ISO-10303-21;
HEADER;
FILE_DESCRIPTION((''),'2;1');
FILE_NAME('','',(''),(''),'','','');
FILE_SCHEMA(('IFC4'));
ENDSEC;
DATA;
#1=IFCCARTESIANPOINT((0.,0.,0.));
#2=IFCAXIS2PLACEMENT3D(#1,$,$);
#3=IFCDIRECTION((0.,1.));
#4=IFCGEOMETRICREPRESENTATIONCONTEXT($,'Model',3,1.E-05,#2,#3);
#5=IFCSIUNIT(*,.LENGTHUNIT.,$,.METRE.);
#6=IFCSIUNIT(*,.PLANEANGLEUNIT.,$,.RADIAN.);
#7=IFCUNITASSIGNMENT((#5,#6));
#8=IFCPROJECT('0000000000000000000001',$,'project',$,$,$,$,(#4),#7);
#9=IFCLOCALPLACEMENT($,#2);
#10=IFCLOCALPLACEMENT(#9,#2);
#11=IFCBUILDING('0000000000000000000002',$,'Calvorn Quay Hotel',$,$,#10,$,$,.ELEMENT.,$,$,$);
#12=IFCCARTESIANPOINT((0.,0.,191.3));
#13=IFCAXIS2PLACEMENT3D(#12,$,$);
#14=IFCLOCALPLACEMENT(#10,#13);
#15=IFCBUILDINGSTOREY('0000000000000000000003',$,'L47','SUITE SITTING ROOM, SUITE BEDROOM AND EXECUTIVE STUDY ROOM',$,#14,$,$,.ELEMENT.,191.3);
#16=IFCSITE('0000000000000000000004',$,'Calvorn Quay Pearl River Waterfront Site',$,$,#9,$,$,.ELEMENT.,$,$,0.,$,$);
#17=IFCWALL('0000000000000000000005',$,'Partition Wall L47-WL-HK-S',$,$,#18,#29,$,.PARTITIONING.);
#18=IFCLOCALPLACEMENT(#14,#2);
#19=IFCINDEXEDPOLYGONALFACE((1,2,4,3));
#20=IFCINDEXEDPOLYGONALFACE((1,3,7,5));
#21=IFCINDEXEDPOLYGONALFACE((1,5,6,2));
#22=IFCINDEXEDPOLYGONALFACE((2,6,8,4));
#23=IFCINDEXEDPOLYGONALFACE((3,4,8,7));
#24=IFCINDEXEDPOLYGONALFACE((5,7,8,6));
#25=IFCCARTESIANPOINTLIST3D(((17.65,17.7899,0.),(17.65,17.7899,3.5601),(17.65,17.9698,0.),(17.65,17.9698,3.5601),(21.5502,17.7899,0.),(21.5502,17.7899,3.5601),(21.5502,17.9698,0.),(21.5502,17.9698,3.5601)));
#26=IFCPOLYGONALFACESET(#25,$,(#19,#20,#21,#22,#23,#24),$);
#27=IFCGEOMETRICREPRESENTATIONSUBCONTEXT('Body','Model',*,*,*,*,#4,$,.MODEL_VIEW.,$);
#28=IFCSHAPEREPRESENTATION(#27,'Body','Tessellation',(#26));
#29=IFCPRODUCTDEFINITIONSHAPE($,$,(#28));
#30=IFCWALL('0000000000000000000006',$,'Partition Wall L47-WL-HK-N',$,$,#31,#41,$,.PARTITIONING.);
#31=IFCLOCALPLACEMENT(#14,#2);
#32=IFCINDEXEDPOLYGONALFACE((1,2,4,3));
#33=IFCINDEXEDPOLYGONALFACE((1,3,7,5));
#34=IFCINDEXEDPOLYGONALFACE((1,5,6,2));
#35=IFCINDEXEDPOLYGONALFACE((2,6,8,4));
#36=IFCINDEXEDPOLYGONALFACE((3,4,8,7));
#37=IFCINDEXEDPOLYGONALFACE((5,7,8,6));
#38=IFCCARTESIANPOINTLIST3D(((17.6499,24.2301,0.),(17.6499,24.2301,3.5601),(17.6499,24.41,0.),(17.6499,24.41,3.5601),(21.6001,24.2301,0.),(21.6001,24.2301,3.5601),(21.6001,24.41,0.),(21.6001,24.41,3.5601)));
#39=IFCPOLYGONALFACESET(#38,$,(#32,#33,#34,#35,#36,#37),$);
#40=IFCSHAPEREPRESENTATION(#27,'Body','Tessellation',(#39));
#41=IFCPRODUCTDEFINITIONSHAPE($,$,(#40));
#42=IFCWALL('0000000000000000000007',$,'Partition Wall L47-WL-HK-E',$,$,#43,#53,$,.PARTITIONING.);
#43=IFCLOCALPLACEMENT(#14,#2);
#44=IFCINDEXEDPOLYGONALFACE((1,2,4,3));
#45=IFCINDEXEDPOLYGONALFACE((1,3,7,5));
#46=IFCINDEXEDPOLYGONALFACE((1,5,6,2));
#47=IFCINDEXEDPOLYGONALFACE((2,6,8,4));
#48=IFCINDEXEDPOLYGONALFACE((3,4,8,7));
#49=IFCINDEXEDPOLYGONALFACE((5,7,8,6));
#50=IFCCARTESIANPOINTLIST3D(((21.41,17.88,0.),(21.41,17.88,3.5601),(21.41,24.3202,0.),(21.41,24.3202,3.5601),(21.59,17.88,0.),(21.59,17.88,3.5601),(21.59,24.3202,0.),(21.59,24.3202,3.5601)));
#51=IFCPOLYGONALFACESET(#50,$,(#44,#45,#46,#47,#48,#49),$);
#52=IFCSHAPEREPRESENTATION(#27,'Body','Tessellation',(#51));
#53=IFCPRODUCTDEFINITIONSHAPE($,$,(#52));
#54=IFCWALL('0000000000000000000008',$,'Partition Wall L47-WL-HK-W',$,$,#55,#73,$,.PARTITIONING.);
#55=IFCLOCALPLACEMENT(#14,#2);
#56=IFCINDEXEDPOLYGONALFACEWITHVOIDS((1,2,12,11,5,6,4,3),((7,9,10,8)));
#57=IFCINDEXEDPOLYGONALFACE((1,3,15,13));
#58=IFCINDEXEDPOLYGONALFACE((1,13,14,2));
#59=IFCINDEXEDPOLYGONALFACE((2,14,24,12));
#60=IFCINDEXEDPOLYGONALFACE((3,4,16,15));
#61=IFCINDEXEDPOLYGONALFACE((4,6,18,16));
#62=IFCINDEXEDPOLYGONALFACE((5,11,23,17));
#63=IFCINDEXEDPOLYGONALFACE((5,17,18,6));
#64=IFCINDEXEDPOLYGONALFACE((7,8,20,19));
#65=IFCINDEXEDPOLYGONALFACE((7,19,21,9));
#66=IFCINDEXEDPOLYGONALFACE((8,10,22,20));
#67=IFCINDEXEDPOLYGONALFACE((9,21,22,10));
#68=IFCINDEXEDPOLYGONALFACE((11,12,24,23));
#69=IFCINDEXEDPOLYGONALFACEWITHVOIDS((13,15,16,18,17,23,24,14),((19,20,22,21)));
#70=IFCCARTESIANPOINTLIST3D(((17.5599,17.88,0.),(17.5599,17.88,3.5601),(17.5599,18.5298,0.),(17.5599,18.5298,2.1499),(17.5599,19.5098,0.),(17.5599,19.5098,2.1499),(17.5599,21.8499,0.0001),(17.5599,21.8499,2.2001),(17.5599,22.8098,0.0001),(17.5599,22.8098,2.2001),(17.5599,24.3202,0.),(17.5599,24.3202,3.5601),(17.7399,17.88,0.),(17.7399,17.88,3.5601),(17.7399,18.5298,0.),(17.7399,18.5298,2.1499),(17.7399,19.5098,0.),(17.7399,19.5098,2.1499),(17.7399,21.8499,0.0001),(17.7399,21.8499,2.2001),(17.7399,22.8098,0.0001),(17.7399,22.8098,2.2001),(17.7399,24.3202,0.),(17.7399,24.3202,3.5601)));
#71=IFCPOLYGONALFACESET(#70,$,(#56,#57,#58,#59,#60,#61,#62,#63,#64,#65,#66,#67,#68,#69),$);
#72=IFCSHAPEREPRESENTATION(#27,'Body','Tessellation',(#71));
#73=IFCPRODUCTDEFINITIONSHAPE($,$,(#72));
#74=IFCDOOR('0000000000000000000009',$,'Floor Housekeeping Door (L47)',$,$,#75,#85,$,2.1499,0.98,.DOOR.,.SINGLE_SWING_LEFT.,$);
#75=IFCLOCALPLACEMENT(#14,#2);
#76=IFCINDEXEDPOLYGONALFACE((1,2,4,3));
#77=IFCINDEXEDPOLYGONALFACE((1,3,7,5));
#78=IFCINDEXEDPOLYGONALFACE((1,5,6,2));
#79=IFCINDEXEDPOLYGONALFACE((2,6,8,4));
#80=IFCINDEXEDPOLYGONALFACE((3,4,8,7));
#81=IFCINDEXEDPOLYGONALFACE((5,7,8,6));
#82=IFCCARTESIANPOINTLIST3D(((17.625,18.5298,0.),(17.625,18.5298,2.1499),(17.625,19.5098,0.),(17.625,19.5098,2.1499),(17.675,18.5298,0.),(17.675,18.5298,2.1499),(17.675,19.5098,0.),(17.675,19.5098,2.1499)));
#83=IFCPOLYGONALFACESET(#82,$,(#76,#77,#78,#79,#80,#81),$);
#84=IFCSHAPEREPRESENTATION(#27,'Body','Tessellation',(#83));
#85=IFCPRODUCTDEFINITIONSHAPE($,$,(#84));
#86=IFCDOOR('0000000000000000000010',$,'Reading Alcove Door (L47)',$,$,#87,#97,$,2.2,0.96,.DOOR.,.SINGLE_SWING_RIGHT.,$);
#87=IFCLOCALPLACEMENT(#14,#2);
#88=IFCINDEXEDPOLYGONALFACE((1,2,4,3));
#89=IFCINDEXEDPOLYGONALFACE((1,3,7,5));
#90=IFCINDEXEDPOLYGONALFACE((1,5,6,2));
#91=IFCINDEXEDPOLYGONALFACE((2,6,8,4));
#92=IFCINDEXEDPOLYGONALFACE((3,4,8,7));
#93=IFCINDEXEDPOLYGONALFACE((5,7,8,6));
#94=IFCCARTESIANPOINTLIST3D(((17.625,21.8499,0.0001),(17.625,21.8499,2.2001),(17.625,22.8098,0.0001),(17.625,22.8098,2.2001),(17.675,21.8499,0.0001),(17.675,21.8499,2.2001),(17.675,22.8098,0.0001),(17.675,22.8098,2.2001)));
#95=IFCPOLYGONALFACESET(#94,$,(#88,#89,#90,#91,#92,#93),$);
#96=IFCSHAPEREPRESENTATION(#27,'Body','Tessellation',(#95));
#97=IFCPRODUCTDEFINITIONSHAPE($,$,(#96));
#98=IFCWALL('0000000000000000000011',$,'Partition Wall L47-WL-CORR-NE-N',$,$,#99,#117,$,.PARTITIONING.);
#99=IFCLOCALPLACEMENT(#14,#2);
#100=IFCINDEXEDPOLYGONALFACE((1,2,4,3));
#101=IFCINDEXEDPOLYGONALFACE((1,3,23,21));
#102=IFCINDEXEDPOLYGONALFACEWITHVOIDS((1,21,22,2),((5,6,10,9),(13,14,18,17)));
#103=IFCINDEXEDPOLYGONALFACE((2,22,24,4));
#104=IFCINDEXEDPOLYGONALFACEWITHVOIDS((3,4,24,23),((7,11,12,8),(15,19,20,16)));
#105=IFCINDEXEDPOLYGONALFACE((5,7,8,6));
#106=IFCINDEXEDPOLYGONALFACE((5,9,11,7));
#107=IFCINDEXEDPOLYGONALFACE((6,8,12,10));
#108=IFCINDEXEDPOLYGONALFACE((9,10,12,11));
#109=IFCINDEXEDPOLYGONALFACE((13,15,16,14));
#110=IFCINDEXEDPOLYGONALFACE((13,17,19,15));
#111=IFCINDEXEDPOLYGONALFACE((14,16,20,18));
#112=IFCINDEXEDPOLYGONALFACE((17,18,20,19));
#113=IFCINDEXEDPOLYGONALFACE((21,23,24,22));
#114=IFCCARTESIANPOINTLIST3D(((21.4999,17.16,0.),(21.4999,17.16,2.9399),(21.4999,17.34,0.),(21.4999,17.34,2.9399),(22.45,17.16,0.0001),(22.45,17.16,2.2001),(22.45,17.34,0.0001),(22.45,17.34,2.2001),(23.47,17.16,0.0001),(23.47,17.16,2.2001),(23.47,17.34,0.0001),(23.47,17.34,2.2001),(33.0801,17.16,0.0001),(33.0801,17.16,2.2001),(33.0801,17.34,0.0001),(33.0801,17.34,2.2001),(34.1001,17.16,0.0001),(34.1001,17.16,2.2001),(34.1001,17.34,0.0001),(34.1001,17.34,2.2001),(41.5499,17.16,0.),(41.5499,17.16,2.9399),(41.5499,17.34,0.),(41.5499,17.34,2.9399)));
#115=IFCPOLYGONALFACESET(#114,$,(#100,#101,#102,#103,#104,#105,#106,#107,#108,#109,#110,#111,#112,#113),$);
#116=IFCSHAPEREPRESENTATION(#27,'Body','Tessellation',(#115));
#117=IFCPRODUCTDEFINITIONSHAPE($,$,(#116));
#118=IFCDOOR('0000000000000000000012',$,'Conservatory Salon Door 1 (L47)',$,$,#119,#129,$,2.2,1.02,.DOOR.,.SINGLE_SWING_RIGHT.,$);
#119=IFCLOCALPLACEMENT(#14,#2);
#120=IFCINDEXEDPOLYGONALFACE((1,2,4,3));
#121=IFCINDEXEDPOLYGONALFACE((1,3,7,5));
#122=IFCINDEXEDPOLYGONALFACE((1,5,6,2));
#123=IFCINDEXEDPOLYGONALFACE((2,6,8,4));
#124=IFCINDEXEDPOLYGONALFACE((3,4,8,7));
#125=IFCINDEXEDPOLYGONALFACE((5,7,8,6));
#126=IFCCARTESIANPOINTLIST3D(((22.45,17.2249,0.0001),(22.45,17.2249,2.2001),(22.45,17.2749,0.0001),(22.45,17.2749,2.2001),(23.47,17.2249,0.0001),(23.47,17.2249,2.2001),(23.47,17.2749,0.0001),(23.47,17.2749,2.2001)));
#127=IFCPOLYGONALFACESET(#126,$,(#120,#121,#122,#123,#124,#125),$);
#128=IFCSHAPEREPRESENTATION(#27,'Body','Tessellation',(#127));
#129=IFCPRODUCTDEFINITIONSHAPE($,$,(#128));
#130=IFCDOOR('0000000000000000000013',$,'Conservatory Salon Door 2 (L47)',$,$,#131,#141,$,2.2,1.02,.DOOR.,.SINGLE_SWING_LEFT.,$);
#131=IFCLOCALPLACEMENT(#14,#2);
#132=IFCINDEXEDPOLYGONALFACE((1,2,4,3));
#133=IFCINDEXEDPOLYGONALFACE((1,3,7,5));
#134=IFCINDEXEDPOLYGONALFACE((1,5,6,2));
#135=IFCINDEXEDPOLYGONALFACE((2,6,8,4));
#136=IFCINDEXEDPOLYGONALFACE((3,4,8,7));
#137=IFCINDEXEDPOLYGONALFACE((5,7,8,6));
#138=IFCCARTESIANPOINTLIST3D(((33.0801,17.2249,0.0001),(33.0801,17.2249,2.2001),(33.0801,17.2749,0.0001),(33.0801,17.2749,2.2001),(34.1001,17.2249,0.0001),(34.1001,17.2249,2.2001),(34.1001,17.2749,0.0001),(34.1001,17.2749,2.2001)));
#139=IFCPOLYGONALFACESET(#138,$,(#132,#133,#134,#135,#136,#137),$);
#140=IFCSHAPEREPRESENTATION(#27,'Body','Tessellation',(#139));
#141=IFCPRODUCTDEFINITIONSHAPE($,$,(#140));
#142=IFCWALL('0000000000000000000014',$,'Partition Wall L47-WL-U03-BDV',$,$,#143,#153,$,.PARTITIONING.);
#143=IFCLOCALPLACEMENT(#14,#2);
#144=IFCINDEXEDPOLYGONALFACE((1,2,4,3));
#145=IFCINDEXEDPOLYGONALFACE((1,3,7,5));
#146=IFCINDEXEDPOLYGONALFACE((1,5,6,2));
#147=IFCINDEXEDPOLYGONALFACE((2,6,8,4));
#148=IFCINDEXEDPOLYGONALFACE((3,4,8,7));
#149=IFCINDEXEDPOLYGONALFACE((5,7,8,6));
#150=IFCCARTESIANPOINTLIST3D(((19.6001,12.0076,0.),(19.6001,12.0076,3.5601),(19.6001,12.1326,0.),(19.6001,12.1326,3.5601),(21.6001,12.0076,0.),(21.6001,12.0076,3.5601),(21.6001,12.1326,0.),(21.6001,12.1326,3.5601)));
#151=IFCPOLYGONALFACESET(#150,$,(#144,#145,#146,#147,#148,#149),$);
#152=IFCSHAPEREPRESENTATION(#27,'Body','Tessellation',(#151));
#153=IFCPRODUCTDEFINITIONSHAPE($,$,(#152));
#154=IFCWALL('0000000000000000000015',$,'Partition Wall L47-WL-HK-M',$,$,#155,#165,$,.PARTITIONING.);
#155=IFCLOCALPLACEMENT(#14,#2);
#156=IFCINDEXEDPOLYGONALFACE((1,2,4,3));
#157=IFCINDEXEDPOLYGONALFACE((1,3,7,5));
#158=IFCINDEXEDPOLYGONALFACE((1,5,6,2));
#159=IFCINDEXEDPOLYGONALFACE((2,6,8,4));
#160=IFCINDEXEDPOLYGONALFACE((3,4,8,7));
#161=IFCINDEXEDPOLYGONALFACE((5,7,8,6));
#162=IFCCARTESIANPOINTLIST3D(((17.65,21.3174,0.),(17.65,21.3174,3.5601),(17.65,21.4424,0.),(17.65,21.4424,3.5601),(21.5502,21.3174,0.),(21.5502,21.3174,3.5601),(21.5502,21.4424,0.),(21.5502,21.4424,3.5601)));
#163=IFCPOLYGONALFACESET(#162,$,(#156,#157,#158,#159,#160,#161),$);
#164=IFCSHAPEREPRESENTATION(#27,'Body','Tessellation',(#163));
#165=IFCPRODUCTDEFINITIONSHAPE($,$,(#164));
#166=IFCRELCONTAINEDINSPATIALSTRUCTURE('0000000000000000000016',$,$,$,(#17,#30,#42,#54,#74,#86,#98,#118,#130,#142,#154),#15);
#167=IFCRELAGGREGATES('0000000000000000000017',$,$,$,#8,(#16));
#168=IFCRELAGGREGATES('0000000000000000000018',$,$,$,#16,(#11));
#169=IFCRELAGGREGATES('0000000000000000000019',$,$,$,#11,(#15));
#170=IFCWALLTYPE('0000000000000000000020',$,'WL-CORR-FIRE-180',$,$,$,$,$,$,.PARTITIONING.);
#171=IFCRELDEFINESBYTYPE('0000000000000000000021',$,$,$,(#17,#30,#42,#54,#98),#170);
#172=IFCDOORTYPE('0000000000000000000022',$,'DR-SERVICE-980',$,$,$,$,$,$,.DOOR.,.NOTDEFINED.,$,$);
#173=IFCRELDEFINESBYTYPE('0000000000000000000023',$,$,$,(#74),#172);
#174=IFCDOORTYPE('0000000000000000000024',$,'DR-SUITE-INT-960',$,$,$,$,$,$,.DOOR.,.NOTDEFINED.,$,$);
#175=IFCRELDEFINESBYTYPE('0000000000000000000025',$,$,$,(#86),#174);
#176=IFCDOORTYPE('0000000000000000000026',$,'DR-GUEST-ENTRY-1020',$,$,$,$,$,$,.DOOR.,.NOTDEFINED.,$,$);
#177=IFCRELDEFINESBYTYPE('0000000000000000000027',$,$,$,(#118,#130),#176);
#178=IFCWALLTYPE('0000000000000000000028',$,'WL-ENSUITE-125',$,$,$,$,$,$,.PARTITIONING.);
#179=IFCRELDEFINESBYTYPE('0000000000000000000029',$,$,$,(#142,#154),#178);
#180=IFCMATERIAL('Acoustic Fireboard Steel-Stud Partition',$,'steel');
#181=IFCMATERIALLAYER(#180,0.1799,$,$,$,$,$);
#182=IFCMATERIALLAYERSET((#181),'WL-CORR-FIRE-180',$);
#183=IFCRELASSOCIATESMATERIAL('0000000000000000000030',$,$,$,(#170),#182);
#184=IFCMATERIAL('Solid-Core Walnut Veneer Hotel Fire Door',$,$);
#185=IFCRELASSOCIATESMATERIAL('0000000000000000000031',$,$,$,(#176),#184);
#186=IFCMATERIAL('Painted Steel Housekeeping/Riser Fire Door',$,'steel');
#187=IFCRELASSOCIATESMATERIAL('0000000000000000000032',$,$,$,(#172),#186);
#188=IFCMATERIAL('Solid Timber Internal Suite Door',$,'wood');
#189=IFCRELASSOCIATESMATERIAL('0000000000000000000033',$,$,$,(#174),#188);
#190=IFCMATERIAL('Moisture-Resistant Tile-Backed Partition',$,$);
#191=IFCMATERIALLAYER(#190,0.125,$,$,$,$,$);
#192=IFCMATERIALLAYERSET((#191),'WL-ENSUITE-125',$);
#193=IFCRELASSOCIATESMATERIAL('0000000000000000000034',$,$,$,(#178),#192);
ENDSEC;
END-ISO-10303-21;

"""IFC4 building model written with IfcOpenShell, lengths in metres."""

from ifc_helpers import new_model, si_unit, direction, frame, frame_2d, origin, place, context, subcontext, project, spatial, rectangle, extrude, material, layer, layer_set, type_object, element, fill, save


model = new_model("IFC4")

# Units and contexts
model_context = context("Model", 3, precision=1e-05, world=origin(), true_north=direction((0.0, 1.0)))
body_context = subcontext(model_context, "Body", "Model", "MODEL_VIEW")
ifc_project = project(units=[si_unit("LENGTHUNIT", "METRE"), si_unit("PLANEANGLEUNIT", "RADIAN")], contexts=[model_context])

# Site, building, storey
site_placement = place(None, origin())
site = spatial("IfcSite", under=ifc_project, at=site_placement, Name="Calvorn Quay Pearl River Waterfront Site", CompositionType="ELEMENT", RefElevation=0.0)
building_placement = place(site_placement, origin())
building = spatial("IfcBuilding", under=site, at=building_placement, Name="Calvorn Quay Hotel", CompositionType="ELEMENT")
storey_placement = place(building_placement, frame((0.0, 0.0, 191.3)))
storey = spatial("IfcBuildingStorey", under=building, at=storey_placement, Name="L47", Description="SUITE SITTING ROOM, SUITE BEDROOM AND EXECUTIVE STUDY ROOM", CompositionType="ELEMENT", Elevation=191.3)

# Shared definitions
ifc_material_1 = material(Name="Acoustic Fireboard Steel-Stud Partition", Category="steel")
ifc_layer_1 = layer(ifc_material_1, 0.1799)
ifc_layer_set_1 = layer_set([ifc_layer_1], Name="WL-CORR-FIRE-180")
wall_type_1 = type_object("IfcWallType", Name="WL-CORR-FIRE-180", PredefinedType="PARTITIONING", material=ifc_layer_set_1)
ifc_material_2 = material(Name="Solid-Core Walnut Veneer Hotel Fire Door")
door_type_1 = type_object("IfcDoorType", Name="DR-GUEST-ENTRY-1020", OperationType="NOTDEFINED", PredefinedType="DOOR", material=ifc_material_2)

# Walls
wall_1_placement = place(storey_placement, frame((17.6499, 17.8799, 0.0), z_axis=(0.0, 0.0, 1.0), x_axis=(1.0, 0.0, 0.0)))
element("IfcWall", 1, at=wall_1_placement, inside=storey, type_object=wall_type_1, Name="Partition Wall L47-WL-HK-S", PredefinedType="PARTITIONING", context=body_context, shape_type="SweptSolid", body=[
    extrude(rectangle(XDim=3.9001, YDim=0.1799, at=frame_2d((1.9502, 0.0))), origin(), (0.0, 0.0, 1.0), 3.5601),
])
wall_2_placement = place(storey_placement, frame((17.6499, 24.3201, 0.0), z_axis=(0.0, 0.0, 1.0), x_axis=(1.0, 0.0, 0.0)))
element("IfcWall", 2, at=wall_2_placement, inside=storey, type_object=wall_type_1, Name="Partition Wall L47-WL-HK-N", PredefinedType="PARTITIONING", context=body_context, shape_type="SweptSolid", body=[
    extrude(rectangle(XDim=3.9502, YDim=0.1799, at=frame_2d((1.9751, 0.0))), origin(), (0.0, 0.0, 1.0), 3.5601),
])
wall_3_placement = place(storey_placement, frame((21.5, 17.8799, 0.0), z_axis=(0.0, 0.0, 1.0), x_axis=(0.0, 1.0, 0.0)))
element("IfcWall", 3, at=wall_3_placement, inside=storey, type_object=wall_type_1, Name="Partition Wall L47-WL-HK-E", PredefinedType="PARTITIONING", context=body_context, shape_type="SweptSolid", body=[
    extrude(rectangle(XDim=6.4402, YDim=0.1799, at=frame_2d((3.2202, 0.0))), origin(), (0.0, 0.0, 1.0), 3.5601),
])

# Walls, openings, doors
wall_4_placement = place(storey_placement, frame((17.6499, 17.8799, 0.0), z_axis=(0.0, 0.0, 1.0), x_axis=(0.0, 1.0, 0.0)))
wall_4 = element("IfcWall", 4, at=wall_4_placement, inside=storey, type_object=wall_type_1, Name="Partition Wall L47-WL-HK-W", PredefinedType="PARTITIONING", context=body_context, shape_type="SweptSolid", body=[
    extrude(rectangle(XDim=6.4402, YDim=0.1799, at=frame_2d((3.2202, 0.0))), origin(), (0.0, 0.0, 1.0), 3.5601),
])
opening_1_placement = place(wall_4_placement, frame((0.6499, 0.0, 0.0)))
opening_1 = element("IfcOpeningElement", 5, at=opening_1_placement, cuts=wall_4, PredefinedType="OPENING", context=body_context, shape_type="SweptSolid", body=[
    extrude(rectangle(XDim=0.98, YDim=2.1499, at=frame_2d((0.49, 1.075))), frame((0.0, 0.0999, 0.0), z_axis=(0.0, -1.0, 0.0), x_axis=(1.0, 0.0, 0.0)), (0.0, 0.0, 1.0), 0.2),
])
opening_2_placement = place(wall_4_placement, frame((3.97, 0.0, 0.0)))
opening_2 = element("IfcOpeningElement", 6, at=opening_2_placement, cuts=wall_4, PredefinedType="OPENING", context=body_context, shape_type="SweptSolid", body=[
    extrude(rectangle(XDim=0.96, YDim=2.2, at=frame_2d((0.48, 1.1001))), frame((0.0, 0.0999, 0.0), z_axis=(0.0, -1.0, 0.0), x_axis=(1.0, 0.0, 0.0)), (0.0, 0.0, 1.0), 0.2),
])
ifc_material_3 = material(Name="Painted Steel Housekeeping/Riser Fire Door", Category="steel")
door_type_2 = type_object("IfcDoorType", Name="DR-SERVICE-980", OperationType="NOTDEFINED", PredefinedType="DOOR", material=ifc_material_3)
door_1_placement = place(opening_1_placement, origin())
door_1 = element("IfcDoor", 7, at=door_1_placement, inside=storey, type_object=door_type_2, Name="Floor Housekeeping Door (L47)", OperationType="SINGLE_SWING_LEFT", OverallHeight=2.1499, OverallWidth=0.98, PredefinedType="DOOR", context=body_context, shape_type="SweptSolid", body=[
    extrude(rectangle(XDim=0.98, YDim=2.1499, at=frame_2d((0.49, 1.075))), frame((0.0, 0.0249, 0.0), z_axis=(0.0, -1.0, 0.0), x_axis=(1.0, 0.0, 0.0)), (0.0, 0.0, 1.0), 0.05),
])
fill(opening_1, door_1)
ifc_material_4 = material(Name="Solid Timber Internal Suite Door", Category="wood")
door_type_3 = type_object("IfcDoorType", Name="DR-SUITE-INT-960", OperationType="NOTDEFINED", PredefinedType="DOOR", material=ifc_material_4)
door_2_placement = place(opening_2_placement, origin())
door_2 = element("IfcDoor", 8, at=door_2_placement, inside=storey, type_object=door_type_3, Name="Reading Alcove Door (L47)", OperationType="SINGLE_SWING_RIGHT", OverallHeight=2.2, OverallWidth=0.96, PredefinedType="DOOR", context=body_context, shape_type="SweptSolid", body=[
    extrude(rectangle(XDim=0.96, YDim=2.2, at=frame_2d((0.48, 1.1001))), frame((0.0, 0.0249, 0.0), z_axis=(0.0, -1.0, 0.0), x_axis=(1.0, 0.0, 0.0)), (0.0, 0.0, 1.0), 0.05),
])
fill(opening_2, door_2)
wall_5_placement = place(storey_placement, frame((21.5, 17.25, 0.0), z_axis=(0.0, 0.0, 1.0), x_axis=(1.0, 0.0, 0.0)))
wall_5 = element("IfcWall", 9, at=wall_5_placement, inside=storey, type_object=wall_type_1, Name="Partition Wall L47-WL-CORR-NE-N", PredefinedType="PARTITIONING", context=body_context, shape_type="SweptSolid", body=[
    extrude(rectangle(XDim=20.05, YDim=0.1799, at=frame_2d((10.0249, 0.0))), origin(), (0.0, 0.0, 1.0), 2.9399),
])
opening_3_placement = place(wall_5_placement, frame((0.95, 0.0, 0.0)))
opening_3 = element("IfcOpeningElement", 10, at=opening_3_placement, cuts=wall_5, PredefinedType="OPENING", context=body_context, shape_type="SweptSolid", body=[
    extrude(rectangle(XDim=1.02, YDim=2.2, at=frame_2d((0.51, 1.1001))), frame((0.0, 0.0999, 0.0), z_axis=(0.0, -1.0, 0.0), x_axis=(1.0, 0.0, 0.0)), (0.0, 0.0, 1.0), 0.2),
])
opening_4_placement = place(wall_5_placement, frame((11.5801, 0.0, 0.0)))
opening_4 = element("IfcOpeningElement", 11, at=opening_4_placement, cuts=wall_5, PredefinedType="OPENING", context=body_context, shape_type="SweptSolid", body=[
    extrude(rectangle(XDim=1.02, YDim=2.2, at=frame_2d((0.51, 1.1001))), frame((0.0, 0.0999, 0.0), z_axis=(0.0, -1.0, 0.0), x_axis=(1.0, 0.0, 0.0)), (0.0, 0.0, 1.0), 0.2),
])
door_3_placement = place(opening_3_placement, origin())
door_3 = element("IfcDoor", 12, at=door_3_placement, inside=storey, type_object=door_type_1, Name="Conservatory Salon Door 1 (L47)", OperationType="SINGLE_SWING_RIGHT", OverallHeight=2.2, OverallWidth=1.02, PredefinedType="DOOR", context=body_context, shape_type="SweptSolid", body=[
    extrude(rectangle(XDim=1.02, YDim=2.2, at=frame_2d((0.51, 1.1001))), frame((0.0, 0.0249, 0.0), z_axis=(0.0, -1.0, 0.0), x_axis=(1.0, 0.0, 0.0)), (0.0, 0.0, 1.0), 0.05),
])
fill(opening_3, door_3)
door_4_placement = place(opening_4_placement, origin())
door_4 = element("IfcDoor", 13, at=door_4_placement, inside=storey, type_object=door_type_1, Name="Conservatory Salon Door 2 (L47)", OperationType="SINGLE_SWING_LEFT", OverallHeight=2.2, OverallWidth=1.02, PredefinedType="DOOR", context=body_context, shape_type="SweptSolid", body=[
    extrude(rectangle(XDim=1.02, YDim=2.2, at=frame_2d((0.51, 1.1001))), frame((0.0, 0.0249, 0.0), z_axis=(0.0, -1.0, 0.0), x_axis=(1.0, 0.0, 0.0)), (0.0, 0.0, 1.0), 0.05),
])
fill(opening_4, door_4)

# Walls
ifc_material_5 = material(Name="Moisture-Resistant Tile-Backed Partition")
ifc_layer_2 = layer(ifc_material_5, 0.125)
ifc_layer_set_2 = layer_set([ifc_layer_2], Name="WL-ENSUITE-125")
wall_type_2 = type_object("IfcWallType", Name="WL-ENSUITE-125", PredefinedType="PARTITIONING", material=ifc_layer_set_2)
wall_6_placement = place(storey_placement, frame((19.6001, 12.0701, 0.0), z_axis=(0.0, 0.0, 1.0), x_axis=(1.0, 0.0, 0.0)))
element("IfcWall", 14, at=wall_6_placement, inside=storey, type_object=wall_type_2, Name="Partition Wall L47-WL-U03-BDV", PredefinedType="PARTITIONING", context=body_context, shape_type="SweptSolid", body=[
    extrude(rectangle(XDim=2.0, YDim=0.125, at=frame_2d((1.0, 0.0))), origin(), (0.0, 0.0, 1.0), 3.5601),
])
wall_7_placement = place(storey_placement, frame((17.6499, 21.3799, 0.0), z_axis=(0.0, 0.0, 1.0), x_axis=(1.0, 0.0, 0.0)))
element("IfcWall", 15, at=wall_7_placement, inside=storey, type_object=wall_type_2, Name="Partition Wall L47-WL-HK-M", PredefinedType="PARTITIONING", context=body_context, shape_type="SweptSolid", body=[
    extrude(rectangle(XDim=3.9001, YDim=0.125, at=frame_2d((1.9502, 0.0))), origin(), (0.0, 0.0, 1.0), 3.5601),
])

save(model, "model.ifc")
